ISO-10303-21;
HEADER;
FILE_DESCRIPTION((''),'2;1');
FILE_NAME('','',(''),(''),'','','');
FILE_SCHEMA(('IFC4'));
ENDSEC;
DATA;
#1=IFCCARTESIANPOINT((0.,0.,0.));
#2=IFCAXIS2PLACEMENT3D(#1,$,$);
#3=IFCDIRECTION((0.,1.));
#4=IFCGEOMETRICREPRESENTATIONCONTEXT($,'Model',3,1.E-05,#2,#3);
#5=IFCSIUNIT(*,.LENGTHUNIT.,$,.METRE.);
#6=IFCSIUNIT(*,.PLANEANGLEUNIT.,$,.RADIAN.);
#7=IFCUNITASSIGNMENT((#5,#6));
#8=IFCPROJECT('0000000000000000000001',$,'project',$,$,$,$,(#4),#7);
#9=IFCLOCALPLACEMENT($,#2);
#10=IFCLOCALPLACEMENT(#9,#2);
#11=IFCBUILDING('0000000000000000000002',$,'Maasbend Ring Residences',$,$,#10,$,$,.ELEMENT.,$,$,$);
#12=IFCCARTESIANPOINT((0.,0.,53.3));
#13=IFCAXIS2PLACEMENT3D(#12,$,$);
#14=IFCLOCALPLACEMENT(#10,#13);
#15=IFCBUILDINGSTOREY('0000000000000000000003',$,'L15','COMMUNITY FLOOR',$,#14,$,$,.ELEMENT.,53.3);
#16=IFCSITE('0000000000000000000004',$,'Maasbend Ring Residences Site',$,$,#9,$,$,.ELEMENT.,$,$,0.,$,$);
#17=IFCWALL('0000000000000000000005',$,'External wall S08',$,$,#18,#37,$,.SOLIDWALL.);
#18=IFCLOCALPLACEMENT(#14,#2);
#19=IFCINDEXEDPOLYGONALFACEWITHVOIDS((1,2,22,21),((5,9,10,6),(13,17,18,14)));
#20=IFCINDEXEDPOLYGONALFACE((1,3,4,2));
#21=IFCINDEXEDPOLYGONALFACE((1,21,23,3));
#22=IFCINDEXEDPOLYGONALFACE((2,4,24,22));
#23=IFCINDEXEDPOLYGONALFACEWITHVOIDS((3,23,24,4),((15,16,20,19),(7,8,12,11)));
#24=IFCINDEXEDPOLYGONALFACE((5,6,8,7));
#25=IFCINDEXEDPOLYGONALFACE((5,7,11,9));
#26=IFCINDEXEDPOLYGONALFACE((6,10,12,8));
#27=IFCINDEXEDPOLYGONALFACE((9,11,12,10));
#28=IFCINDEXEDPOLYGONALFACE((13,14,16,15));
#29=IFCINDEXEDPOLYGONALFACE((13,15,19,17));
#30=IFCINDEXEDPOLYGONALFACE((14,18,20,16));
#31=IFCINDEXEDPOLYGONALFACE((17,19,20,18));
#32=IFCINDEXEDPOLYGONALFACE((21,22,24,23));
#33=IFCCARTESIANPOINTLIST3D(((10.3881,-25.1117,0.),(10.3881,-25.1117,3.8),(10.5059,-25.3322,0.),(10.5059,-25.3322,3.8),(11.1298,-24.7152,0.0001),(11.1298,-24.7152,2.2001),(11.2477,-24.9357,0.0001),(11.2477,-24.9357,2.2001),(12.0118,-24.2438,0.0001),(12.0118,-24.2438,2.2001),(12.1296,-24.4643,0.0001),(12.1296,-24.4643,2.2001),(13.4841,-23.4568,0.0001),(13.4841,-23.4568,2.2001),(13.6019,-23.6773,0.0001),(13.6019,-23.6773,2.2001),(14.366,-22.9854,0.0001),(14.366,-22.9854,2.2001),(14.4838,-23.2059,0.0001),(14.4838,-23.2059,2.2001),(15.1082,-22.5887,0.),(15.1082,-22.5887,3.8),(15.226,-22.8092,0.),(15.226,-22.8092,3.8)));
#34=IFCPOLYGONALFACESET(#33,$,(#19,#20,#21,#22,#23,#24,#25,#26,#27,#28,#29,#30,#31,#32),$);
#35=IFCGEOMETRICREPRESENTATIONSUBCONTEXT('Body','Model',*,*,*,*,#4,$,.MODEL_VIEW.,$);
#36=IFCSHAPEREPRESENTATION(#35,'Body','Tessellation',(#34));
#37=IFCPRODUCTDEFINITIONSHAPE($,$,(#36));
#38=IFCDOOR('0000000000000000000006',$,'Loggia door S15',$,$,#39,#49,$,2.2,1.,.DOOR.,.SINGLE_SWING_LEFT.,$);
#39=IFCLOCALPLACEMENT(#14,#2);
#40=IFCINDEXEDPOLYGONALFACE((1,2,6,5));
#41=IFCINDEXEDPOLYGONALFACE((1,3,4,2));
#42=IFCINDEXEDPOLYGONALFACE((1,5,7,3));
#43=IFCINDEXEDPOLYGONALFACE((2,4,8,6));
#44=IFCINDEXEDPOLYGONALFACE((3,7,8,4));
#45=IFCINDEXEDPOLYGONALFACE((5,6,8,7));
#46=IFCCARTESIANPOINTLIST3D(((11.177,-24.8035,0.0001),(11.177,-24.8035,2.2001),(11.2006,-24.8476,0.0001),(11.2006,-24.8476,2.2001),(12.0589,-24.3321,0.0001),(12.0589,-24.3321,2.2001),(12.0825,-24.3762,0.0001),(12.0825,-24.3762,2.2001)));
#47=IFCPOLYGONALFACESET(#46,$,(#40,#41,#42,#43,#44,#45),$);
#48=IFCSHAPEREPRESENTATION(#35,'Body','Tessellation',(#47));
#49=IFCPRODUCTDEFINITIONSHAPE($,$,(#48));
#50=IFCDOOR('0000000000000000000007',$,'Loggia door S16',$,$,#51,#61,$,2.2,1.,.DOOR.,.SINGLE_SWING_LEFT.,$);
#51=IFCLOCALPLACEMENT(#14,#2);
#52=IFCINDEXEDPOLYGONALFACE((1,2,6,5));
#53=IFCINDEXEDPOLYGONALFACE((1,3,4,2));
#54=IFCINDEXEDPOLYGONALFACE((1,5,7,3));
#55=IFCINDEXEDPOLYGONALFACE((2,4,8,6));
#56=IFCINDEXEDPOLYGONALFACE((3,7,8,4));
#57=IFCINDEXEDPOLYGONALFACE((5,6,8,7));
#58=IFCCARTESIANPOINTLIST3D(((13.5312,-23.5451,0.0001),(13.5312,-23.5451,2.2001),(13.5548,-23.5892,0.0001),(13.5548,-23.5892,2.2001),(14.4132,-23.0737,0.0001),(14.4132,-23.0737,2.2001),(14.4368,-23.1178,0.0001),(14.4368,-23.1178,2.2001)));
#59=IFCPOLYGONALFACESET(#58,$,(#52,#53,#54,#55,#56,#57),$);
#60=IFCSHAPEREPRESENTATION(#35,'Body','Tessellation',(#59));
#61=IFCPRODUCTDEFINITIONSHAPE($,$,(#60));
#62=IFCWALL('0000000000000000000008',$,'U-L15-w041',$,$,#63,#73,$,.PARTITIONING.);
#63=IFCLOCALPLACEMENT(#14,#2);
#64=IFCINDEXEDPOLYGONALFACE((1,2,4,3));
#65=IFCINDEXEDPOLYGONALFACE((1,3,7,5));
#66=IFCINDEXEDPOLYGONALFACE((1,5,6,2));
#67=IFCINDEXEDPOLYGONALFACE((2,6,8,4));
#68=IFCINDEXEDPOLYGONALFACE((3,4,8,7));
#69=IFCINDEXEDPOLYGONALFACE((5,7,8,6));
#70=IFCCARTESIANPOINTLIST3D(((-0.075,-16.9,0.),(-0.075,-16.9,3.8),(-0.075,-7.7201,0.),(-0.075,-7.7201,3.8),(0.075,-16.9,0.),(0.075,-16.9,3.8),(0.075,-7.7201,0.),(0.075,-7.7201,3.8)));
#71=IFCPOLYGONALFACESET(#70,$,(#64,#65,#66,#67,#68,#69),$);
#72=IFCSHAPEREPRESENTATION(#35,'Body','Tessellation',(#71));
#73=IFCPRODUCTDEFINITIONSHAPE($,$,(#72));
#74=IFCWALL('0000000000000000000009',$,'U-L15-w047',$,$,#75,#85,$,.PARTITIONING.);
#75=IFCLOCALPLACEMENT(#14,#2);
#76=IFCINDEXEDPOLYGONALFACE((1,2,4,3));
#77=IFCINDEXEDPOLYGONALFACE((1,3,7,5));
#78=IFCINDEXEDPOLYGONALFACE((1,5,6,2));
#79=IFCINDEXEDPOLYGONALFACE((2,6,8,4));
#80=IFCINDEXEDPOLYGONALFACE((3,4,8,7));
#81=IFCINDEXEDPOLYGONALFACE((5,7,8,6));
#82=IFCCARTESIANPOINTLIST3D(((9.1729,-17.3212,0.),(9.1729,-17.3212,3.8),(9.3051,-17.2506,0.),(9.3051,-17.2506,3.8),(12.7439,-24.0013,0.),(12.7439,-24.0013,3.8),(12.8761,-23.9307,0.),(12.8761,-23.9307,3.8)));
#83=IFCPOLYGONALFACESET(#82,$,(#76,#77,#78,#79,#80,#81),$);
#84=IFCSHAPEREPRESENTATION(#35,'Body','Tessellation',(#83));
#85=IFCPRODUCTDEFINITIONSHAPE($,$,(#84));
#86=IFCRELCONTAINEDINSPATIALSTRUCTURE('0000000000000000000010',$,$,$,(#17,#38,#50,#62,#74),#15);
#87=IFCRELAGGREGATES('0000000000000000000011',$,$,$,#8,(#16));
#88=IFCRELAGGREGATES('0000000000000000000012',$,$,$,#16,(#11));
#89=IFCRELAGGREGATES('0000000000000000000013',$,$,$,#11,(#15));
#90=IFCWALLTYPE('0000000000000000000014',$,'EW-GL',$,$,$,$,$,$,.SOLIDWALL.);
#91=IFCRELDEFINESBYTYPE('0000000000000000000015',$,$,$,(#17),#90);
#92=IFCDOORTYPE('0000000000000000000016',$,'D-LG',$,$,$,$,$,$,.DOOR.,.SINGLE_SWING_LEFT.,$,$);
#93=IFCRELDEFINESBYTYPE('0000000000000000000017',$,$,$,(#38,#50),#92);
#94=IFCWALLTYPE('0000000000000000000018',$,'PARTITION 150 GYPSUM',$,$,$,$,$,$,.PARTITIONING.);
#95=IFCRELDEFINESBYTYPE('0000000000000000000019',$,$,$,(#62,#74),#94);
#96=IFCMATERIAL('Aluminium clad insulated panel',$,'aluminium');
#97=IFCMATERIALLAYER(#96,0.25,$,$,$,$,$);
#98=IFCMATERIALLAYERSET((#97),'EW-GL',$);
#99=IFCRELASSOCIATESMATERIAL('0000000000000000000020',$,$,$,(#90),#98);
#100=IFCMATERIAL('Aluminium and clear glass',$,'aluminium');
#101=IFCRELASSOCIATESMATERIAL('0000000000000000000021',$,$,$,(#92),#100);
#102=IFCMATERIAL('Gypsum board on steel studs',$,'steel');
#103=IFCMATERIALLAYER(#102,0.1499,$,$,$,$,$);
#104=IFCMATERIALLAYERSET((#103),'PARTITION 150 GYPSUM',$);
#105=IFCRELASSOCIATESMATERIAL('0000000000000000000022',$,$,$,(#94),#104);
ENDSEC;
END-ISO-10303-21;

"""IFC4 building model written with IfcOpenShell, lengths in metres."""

from ifc_helpers import new_model, si_unit, direction, frame, frame_2d, origin, place, context, subcontext, project, spatial, rectangle, extrude, material, layer, layer_set, type_object, element, fill, save


model = new_model("IFC4")

# Units and contexts
model_context = context("Model", 3, precision=1e-05, world=origin(), true_north=direction((0.0, 1.0)))
body_context = subcontext(model_context, "Body", "Model", "MODEL_VIEW")
ifc_project = project(units=[si_unit("LENGTHUNIT", "METRE"), si_unit("PLANEANGLEUNIT", "RADIAN")], contexts=[model_context])

# Site, building, storey
site_placement = place(None, origin())
site = spatial("IfcSite", under=ifc_project, at=site_placement, Name="Maasbend Ring Residences Site", CompositionType="ELEMENT", RefElevation=0.0)
building_placement = place(site_placement, origin())
building = spatial("IfcBuilding", under=site, at=building_placement, Name="Maasbend Ring Residences", CompositionType="ELEMENT")
storey_placement = place(building_placement, frame((0.0, 0.0, 53.3)))
storey = spatial("IfcBuildingStorey", under=building, at=storey_placement, Name="L15", Description="COMMUNITY FLOOR", CompositionType="ELEMENT", Elevation=53.3)

# Wall, openings, doors
ifc_material_1 = material(Name="Aluminium clad insulated panel", Category="aluminium")
ifc_layer_1 = layer(ifc_material_1, 0.25)
ifc_layer_set_1 = layer_set([ifc_layer_1], Name="EW-GL")
wall_type_1 = type_object("IfcWallType", Name="EW-GL", PredefinedType="SOLIDWALL", material=ifc_layer_set_1)
ifc_material_2 = material(Name="Aluminium and clear glass", Category="aluminium")
door_type_1 = type_object("IfcDoorType", Name="D-LG", OperationType="SINGLE_SWING_LEFT", PredefinedType="DOOR", material=ifc_material_2)
wall_1_placement = place(storey_placement, frame((10.447, -25.2219, 0.0), z_axis=(0.0, 0.0, 1.0), x_axis=(0.881916, 0.471407, 0.0)))
wall_1 = element("IfcWall", 1, at=wall_1_placement, inside=storey, type_object=wall_type_1, Name="External wall S08", PredefinedType="SOLIDWALL", context=body_context, shape_type="SweptSolid", body=[
    extrude(rectangle(XDim=5.3521, YDim=0.25, at=frame_2d((2.676, 0.0))), origin(), (0.0, 0.0, 1.0), 3.8),
])
opening_1_placement = place(wall_1_placement, frame((0.8411, 0.0, 0.0)))
opening_1 = element("IfcOpeningElement", 2, at=opening_1_placement, cuts=wall_1, PredefinedType="OPENING", context=body_context, shape_type="SweptSolid", body=[
    extrude(rectangle(XDim=1.0, YDim=2.2, at=frame_2d((0.5, 1.1001))), frame((0.0, 0.135, 0.0), z_axis=(0.0, -1.0, 0.0), x_axis=(1.0, 0.0, 0.0)), (0.0, 0.0, 1.0), 0.27),
])
opening_2_placement = place(wall_1_placement, frame((3.5105, 0.0, 0.0)))
opening_2 = element("IfcOpeningElement", 3, at=opening_2_placement, cuts=wall_1, PredefinedType="OPENING", context=body_context, shape_type="SweptSolid", body=[
    extrude(rectangle(XDim=1.0, YDim=2.2, at=frame_2d((0.5, 1.1001))), frame((0.0, 0.135, 0.0), z_axis=(0.0, -1.0, 0.0), x_axis=(1.0, 0.0, 0.0)), (0.0, 0.0, 1.0), 0.27),
])
door_1_placement = place(opening_1_placement, origin())
door_1 = element("IfcDoor", 4, at=door_1_placement, inside=storey, type_object=door_type_1, Name="Loggia door S15", OperationType="SINGLE_SWING_LEFT", OverallHeight=2.2, OverallWidth=1.0, PredefinedType="DOOR", context=body_context, shape_type="SweptSolid", body=[
    extrude(rectangle(XDim=1.0, YDim=2.2, at=frame_2d((0.5, 1.1001))), frame((0.0, 0.0249, 0.0), z_axis=(0.0, -1.0, 0.0), x_axis=(1.0, 0.0, 0.0)), (0.0, 0.0, 1.0), 0.05),
])
fill(opening_1, door_1)
door_2_placement = place(opening_2_placement, origin())
door_2 = element("IfcDoor", 5, at=door_2_placement, inside=storey, type_object=door_type_1, Name="Loggia door S16", OperationType="SINGLE_SWING_LEFT", OverallHeight=2.2, OverallWidth=1.0, PredefinedType="DOOR", context=body_context, shape_type="SweptSolid", body=[
    extrude(rectangle(XDim=1.0, YDim=2.2, at=frame_2d((0.5, 1.1001))), frame((0.0, 0.0249, 0.0), z_axis=(0.0, -1.0, 0.0), x_axis=(1.0, 0.0, 0.0)), (0.0, 0.0, 1.0), 0.05),
])
fill(opening_2, door_2)

# Walls
ifc_material_3 = material(Name="Gypsum board on steel studs", Category="steel")
ifc_layer_2 = layer(ifc_material_3, 0.1499)
ifc_layer_set_2 = layer_set([ifc_layer_2], Name="PARTITION 150 GYPSUM")
wall_type_2 = type_object("IfcWallType", Name="PARTITION 150 GYPSUM", PredefinedType="PARTITIONING", material=ifc_layer_set_2)
wall_2_placement = place(storey_placement, frame((0.0, -16.8999, 0.0), z_axis=(0.0, 0.0, 1.0), x_axis=(0.0, 1.0, 0.0)))
element("IfcWall", 6, at=wall_2_placement, inside=storey, type_object=wall_type_2, Name="U-L15-w041", PredefinedType="PARTITIONING", context=body_context, shape_type="SweptSolid", body=[
    extrude(rectangle(XDim=9.1799, YDim=0.1499, at=frame_2d((4.5898, 0.0))), origin(), (0.0, 0.0, 1.0), 3.8),
])
wall_3_placement = place(storey_placement, frame((9.239, -17.2859, 0.0), z_axis=(0.0, 0.0, 1.0), x_axis=(0.47144, -0.881898, 0.0)))
element("IfcWall", 7, at=wall_3_placement, inside=storey, type_object=wall_type_2, Name="U-L15-w047", PredefinedType="PARTITIONING", context=body_context, shape_type="SweptSolid", body=[
    extrude(rectangle(XDim=7.5747, YDim=0.1499, at=frame_2d((3.7874, 0.0))), origin(), (0.0, 0.0, 1.0), 3.8),
])

save(model, "model.ifc")
